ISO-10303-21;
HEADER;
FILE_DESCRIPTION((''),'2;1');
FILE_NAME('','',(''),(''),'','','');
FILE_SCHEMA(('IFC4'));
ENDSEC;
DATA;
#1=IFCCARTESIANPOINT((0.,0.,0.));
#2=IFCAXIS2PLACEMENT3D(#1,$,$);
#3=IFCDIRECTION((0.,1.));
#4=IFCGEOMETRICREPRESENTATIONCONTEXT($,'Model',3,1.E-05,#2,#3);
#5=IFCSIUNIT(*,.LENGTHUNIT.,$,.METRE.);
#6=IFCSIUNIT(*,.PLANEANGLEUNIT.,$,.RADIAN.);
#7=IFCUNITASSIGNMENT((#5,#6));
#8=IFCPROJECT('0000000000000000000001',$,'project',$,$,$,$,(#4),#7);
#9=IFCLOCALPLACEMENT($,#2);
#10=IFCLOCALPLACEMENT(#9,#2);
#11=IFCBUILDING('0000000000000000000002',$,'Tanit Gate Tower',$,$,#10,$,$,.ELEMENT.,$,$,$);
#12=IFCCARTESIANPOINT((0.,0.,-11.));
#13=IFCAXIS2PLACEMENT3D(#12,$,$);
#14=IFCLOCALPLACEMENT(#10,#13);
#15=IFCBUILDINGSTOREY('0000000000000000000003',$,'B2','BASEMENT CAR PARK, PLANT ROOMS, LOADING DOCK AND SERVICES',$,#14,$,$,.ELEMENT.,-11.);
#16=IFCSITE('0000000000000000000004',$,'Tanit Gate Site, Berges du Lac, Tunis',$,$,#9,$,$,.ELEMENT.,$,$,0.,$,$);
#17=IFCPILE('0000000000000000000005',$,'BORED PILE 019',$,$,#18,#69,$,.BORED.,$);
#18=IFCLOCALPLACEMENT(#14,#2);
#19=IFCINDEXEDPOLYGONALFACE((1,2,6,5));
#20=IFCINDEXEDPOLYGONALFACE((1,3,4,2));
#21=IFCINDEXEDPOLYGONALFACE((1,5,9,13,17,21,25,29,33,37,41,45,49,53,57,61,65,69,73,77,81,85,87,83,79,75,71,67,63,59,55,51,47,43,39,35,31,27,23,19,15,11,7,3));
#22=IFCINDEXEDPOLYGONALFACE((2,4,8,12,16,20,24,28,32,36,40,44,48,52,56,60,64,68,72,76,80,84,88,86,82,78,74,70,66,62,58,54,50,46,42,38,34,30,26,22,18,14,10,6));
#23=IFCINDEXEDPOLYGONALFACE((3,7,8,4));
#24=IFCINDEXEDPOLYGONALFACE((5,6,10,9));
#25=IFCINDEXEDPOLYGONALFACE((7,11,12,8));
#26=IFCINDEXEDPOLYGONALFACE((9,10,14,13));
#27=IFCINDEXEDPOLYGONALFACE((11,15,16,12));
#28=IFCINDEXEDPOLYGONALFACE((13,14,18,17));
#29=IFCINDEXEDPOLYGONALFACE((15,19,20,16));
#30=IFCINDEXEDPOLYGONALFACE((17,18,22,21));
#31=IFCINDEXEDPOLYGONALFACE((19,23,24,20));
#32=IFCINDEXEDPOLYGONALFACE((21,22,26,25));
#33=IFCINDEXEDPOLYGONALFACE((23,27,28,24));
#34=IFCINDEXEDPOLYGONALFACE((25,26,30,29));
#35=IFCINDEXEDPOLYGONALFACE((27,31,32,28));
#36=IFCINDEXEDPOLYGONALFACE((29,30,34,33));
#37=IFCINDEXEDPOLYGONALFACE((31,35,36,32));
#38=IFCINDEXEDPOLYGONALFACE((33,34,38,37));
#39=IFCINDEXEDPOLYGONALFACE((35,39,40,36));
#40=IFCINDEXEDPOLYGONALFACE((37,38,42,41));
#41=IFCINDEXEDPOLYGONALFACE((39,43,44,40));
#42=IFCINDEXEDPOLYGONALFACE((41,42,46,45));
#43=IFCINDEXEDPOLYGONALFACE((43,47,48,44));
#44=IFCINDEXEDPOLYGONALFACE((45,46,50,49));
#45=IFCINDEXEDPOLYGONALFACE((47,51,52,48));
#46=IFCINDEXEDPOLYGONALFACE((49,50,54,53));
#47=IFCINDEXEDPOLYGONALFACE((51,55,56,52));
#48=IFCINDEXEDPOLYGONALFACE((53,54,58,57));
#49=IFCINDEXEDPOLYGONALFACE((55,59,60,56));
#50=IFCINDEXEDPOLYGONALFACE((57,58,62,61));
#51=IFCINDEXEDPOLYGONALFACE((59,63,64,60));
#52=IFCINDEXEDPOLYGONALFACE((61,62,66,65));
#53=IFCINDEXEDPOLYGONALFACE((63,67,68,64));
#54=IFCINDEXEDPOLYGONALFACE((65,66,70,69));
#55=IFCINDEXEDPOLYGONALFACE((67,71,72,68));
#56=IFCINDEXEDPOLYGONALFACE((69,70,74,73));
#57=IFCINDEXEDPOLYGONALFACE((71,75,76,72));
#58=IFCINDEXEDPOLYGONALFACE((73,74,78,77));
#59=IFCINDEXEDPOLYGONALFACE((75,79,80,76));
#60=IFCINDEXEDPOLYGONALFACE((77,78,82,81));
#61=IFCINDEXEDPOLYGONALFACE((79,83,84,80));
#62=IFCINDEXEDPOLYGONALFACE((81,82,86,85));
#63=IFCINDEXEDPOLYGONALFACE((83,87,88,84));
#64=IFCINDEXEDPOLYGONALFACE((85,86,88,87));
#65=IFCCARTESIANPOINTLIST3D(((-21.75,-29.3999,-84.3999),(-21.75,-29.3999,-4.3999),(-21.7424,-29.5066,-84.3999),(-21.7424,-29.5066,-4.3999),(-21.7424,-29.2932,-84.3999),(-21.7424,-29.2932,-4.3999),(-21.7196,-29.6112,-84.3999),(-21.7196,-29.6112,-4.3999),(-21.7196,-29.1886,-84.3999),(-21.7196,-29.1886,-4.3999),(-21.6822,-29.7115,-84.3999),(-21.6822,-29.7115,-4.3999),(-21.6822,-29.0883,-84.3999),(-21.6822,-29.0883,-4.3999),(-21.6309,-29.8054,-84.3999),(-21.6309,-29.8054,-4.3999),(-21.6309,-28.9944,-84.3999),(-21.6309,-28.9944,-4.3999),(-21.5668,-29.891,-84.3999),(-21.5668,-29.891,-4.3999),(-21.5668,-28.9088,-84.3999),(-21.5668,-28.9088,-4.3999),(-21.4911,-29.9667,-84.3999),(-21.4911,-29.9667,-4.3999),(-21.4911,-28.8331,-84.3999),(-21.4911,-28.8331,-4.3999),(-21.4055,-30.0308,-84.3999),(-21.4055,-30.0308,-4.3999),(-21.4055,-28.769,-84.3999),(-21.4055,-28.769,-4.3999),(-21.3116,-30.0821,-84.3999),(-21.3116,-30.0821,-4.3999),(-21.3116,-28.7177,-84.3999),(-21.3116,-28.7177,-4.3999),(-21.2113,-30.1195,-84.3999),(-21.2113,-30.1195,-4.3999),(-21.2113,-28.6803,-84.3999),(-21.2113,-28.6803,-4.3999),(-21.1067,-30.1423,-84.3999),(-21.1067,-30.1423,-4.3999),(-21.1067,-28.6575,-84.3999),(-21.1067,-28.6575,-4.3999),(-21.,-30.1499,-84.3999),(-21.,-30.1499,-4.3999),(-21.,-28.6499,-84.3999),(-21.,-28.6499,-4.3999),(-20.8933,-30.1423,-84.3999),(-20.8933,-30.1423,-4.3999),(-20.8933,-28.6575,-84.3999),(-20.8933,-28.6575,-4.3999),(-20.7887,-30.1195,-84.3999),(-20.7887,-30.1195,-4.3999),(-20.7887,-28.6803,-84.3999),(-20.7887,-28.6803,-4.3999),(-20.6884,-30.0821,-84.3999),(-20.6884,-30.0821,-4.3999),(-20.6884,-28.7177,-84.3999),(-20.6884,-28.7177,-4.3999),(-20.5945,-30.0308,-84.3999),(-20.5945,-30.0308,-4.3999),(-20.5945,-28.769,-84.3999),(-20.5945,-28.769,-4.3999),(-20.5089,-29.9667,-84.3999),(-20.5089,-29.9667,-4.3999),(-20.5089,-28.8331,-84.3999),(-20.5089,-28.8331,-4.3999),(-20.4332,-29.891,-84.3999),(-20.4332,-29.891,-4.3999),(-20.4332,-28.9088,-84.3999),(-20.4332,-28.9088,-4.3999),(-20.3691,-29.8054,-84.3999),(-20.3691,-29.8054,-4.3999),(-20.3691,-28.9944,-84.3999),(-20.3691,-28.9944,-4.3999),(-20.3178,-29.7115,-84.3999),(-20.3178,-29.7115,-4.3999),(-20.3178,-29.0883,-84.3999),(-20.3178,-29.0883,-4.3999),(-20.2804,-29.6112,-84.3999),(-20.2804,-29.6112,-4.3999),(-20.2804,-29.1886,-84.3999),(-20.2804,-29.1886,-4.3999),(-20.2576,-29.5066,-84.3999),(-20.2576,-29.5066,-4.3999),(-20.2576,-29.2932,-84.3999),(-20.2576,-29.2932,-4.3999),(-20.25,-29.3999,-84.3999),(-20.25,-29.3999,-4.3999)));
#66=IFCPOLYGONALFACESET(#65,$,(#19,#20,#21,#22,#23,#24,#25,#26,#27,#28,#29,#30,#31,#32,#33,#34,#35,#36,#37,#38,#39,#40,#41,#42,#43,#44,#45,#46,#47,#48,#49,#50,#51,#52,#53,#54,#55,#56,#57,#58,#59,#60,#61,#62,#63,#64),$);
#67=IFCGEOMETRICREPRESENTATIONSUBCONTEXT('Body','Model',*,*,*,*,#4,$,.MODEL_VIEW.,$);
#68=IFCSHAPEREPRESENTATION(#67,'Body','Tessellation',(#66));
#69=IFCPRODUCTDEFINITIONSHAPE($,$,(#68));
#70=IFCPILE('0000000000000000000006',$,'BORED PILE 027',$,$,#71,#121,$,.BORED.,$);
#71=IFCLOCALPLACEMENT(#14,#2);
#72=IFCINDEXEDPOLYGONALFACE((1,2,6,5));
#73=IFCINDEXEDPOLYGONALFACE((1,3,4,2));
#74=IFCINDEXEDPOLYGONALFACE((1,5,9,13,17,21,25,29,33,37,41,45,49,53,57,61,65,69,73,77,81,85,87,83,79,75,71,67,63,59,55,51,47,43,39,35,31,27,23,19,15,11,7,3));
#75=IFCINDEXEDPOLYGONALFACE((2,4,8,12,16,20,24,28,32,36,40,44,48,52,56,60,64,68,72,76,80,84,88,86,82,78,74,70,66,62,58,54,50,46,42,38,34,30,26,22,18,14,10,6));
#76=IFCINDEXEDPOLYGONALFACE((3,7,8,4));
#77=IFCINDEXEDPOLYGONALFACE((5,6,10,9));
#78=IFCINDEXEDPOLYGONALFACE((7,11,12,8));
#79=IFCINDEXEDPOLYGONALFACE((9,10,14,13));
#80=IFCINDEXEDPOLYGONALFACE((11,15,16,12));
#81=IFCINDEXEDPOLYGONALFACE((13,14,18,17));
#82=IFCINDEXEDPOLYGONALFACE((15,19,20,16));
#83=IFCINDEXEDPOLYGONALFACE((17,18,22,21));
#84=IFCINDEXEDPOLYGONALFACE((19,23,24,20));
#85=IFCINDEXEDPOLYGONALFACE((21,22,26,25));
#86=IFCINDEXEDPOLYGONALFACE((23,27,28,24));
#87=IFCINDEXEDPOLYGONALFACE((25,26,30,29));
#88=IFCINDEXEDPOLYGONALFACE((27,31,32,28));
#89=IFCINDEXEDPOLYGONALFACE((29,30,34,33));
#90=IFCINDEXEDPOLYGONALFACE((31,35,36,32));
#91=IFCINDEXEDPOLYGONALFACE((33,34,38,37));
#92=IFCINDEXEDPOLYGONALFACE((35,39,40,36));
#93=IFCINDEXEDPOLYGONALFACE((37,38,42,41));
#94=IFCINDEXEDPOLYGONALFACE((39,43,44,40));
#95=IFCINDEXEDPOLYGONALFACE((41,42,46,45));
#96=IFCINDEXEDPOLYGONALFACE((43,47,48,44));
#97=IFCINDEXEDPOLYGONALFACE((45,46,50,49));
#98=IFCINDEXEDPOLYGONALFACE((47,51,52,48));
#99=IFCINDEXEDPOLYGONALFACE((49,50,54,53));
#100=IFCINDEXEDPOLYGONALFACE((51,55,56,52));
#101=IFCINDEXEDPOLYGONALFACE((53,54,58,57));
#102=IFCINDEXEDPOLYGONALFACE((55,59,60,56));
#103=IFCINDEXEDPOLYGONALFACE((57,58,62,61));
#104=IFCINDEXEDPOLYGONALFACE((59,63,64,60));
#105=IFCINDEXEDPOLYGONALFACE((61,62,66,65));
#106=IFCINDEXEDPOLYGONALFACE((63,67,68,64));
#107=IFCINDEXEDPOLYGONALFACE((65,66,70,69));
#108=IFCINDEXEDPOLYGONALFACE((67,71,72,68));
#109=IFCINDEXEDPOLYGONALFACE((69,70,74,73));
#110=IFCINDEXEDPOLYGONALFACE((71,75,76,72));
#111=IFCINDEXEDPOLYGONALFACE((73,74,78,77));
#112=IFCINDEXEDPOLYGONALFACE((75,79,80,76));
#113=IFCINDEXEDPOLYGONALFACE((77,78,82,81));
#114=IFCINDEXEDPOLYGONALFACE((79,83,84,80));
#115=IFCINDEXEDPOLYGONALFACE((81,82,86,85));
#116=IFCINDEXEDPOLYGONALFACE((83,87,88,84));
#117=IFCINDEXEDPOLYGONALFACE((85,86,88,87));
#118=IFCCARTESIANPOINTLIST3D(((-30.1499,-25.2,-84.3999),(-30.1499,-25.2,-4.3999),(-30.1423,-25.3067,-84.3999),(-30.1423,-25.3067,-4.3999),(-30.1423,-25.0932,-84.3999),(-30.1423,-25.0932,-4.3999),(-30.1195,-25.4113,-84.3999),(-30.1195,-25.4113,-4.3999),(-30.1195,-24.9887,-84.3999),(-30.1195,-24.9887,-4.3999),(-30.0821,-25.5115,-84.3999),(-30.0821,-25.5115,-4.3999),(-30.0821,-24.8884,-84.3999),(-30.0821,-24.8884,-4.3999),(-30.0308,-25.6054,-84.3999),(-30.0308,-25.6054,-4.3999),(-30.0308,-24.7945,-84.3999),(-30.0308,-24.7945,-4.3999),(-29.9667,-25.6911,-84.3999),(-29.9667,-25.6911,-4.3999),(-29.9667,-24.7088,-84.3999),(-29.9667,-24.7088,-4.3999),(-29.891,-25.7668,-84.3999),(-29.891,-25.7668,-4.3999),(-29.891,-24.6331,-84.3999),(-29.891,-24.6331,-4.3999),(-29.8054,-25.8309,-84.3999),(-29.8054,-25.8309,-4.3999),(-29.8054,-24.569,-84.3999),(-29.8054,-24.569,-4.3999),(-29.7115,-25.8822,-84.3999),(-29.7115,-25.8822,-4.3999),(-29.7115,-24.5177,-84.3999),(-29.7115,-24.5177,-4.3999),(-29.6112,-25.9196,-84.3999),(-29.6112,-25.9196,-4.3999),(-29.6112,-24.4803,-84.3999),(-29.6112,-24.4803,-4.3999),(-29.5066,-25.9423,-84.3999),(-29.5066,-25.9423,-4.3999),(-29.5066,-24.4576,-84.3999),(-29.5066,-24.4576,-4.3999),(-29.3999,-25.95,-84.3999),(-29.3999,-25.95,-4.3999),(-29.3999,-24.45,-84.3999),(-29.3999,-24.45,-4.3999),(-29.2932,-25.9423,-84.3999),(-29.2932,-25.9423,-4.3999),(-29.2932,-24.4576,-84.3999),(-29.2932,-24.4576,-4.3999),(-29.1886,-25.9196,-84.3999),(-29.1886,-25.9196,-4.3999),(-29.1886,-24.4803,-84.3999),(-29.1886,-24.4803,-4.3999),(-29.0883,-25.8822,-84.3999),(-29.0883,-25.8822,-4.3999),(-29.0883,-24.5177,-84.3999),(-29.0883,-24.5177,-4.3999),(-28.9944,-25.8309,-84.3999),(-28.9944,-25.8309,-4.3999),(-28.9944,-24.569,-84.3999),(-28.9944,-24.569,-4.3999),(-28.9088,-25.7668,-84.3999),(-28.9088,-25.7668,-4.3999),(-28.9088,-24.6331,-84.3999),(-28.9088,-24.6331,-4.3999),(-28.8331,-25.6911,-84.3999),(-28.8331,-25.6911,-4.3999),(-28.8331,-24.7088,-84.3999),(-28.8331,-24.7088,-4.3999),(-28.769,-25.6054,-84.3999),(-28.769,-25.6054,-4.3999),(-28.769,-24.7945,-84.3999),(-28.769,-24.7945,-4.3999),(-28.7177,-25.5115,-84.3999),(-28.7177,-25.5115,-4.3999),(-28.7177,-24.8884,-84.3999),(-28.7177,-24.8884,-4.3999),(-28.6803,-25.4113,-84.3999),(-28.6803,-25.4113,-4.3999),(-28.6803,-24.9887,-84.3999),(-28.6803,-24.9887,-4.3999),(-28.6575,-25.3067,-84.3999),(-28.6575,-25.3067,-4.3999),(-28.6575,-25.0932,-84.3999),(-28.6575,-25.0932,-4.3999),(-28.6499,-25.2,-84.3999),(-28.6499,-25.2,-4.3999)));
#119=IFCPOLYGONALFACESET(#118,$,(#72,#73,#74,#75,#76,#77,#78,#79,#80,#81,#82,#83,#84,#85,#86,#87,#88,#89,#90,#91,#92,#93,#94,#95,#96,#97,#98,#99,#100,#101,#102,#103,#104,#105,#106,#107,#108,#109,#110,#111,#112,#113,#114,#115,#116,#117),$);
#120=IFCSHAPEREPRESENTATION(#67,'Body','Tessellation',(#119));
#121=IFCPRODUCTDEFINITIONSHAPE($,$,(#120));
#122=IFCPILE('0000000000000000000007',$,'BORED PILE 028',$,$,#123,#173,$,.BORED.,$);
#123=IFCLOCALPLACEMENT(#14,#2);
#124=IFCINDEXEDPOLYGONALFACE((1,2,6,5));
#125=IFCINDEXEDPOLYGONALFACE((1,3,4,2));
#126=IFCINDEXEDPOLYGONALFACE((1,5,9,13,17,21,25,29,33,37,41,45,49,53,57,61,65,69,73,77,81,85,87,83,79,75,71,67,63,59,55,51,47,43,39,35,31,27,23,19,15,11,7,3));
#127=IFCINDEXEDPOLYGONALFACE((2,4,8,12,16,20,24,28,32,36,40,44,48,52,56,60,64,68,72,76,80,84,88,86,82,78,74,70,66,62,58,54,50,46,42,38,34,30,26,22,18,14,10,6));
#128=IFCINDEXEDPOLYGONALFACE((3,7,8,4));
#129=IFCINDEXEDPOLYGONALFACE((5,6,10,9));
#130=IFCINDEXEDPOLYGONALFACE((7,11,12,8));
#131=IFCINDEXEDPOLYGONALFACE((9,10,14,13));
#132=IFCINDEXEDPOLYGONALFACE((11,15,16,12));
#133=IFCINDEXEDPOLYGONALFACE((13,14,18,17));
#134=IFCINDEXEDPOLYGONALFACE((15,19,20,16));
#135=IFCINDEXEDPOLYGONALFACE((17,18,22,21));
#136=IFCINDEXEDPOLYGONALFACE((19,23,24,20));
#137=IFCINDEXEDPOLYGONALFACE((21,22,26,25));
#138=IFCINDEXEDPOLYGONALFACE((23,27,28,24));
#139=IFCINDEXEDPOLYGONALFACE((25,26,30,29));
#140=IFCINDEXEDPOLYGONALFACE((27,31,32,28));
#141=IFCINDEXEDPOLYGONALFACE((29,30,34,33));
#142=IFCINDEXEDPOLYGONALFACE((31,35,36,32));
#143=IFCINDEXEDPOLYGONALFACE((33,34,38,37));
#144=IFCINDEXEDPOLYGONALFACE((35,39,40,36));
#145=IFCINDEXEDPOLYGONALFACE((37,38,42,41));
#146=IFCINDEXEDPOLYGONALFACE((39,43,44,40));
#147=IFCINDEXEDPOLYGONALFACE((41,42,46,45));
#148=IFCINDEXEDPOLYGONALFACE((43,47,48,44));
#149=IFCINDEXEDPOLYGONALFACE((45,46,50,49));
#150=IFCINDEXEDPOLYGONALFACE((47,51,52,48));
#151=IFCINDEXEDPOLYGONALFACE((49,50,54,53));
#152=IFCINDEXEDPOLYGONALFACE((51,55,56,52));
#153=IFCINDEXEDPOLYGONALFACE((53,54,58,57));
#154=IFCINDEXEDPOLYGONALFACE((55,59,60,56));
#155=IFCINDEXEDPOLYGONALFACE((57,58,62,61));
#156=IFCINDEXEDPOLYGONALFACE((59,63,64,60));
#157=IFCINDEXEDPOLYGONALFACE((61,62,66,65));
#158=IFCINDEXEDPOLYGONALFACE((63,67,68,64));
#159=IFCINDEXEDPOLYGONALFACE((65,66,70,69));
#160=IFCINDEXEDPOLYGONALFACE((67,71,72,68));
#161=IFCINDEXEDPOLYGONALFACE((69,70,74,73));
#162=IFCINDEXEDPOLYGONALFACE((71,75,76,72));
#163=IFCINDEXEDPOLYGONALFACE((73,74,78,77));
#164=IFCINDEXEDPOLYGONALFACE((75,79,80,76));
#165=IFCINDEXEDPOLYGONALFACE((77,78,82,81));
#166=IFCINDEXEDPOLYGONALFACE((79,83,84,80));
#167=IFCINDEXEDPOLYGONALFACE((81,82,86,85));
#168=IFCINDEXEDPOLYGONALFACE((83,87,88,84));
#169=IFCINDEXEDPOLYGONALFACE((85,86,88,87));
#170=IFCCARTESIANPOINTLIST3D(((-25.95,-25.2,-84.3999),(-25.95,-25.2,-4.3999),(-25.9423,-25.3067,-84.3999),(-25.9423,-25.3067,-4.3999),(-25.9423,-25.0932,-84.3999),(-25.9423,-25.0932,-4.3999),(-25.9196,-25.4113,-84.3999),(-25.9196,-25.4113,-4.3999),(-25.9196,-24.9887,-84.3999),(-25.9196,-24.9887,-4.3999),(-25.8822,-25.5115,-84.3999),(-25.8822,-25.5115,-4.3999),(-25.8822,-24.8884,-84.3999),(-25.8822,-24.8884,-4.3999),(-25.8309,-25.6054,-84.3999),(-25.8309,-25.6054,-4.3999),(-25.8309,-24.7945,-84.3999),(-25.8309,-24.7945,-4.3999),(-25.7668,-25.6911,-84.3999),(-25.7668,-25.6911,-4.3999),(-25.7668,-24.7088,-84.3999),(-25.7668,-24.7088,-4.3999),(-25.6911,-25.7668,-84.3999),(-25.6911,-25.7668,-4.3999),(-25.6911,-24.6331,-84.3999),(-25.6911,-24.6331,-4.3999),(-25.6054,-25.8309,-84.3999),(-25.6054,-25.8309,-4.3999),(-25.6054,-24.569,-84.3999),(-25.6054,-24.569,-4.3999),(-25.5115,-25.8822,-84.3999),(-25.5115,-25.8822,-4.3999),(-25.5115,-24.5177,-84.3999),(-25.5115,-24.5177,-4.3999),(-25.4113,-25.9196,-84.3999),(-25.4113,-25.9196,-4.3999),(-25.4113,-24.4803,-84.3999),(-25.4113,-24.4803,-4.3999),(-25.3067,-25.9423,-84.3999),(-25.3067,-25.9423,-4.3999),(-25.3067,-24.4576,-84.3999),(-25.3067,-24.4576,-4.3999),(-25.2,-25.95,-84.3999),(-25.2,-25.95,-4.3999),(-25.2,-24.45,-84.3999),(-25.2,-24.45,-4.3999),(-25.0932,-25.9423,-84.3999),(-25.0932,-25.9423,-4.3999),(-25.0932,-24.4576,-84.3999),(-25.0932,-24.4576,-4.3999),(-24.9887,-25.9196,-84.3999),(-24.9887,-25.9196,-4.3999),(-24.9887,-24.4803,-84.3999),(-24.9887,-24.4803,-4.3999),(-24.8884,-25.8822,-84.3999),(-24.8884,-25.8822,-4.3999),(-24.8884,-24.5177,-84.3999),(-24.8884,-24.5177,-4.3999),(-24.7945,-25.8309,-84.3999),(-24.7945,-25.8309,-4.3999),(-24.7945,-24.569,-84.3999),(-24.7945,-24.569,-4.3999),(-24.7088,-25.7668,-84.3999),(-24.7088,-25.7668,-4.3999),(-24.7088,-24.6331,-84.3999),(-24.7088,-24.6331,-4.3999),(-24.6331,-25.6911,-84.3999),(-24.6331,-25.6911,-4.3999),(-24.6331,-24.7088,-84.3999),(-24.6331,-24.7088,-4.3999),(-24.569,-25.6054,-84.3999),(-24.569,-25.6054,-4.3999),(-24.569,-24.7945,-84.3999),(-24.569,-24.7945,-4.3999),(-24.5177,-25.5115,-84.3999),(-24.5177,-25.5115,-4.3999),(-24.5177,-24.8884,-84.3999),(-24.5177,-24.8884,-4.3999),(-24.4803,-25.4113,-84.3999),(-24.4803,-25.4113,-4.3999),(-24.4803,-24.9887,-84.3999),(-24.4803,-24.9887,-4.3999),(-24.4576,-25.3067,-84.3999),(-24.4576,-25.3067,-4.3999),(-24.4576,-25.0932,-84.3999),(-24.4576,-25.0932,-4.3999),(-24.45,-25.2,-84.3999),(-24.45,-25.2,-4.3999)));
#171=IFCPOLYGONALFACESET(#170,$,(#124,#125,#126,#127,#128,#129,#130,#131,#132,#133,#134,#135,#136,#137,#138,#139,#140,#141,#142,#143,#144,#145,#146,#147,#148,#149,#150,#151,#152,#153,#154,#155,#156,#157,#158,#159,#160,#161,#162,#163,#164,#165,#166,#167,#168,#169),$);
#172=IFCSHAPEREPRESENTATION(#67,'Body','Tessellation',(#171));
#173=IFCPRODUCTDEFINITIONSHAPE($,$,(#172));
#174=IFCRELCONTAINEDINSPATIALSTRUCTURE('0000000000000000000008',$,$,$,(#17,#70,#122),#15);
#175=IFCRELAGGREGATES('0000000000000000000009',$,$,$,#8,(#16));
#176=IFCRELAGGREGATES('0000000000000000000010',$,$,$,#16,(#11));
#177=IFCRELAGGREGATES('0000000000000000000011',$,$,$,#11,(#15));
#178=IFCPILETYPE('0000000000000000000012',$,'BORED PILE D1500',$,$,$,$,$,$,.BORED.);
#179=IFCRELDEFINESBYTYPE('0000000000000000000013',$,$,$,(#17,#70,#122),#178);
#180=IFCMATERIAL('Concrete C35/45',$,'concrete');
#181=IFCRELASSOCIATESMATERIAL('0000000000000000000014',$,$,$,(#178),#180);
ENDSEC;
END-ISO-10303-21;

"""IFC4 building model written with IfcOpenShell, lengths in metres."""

from ifc_helpers import new_model, si_unit, direction, frame, origin, origin_2d, place, context, subcontext, project, spatial, circle, extrude, material, material_profile, profile_set, type_object, element, save


model = new_model("IFC4")

# Units and contexts
model_context = context("Model", 3, precision=1e-05, world=origin(), true_north=direction((0.0, 1.0)))
body_context = subcontext(model_context, "Body", "Model", "MODEL_VIEW")
ifc_project = project(units=[si_unit("LENGTHUNIT", "METRE"), si_unit("PLANEANGLEUNIT", "RADIAN")], contexts=[model_context])

# Site, building, storey
site_placement = place(None, origin())
site = spatial("IfcSite", under=ifc_project, at=site_placement, Name="Tanit Gate Site, Berges du Lac, Tunis", CompositionType="ELEMENT", RefElevation=0.0)
building_placement = place(site_placement, origin())
building = spatial("IfcBuilding", under=site, at=building_placement, Name="Tanit Gate Tower", CompositionType="ELEMENT")
storey_placement = place(building_placement, frame((0.0, 0.0, -11.0)))
storey = spatial("IfcBuildingStorey", under=building, at=storey_placement, Name="B2", Description="BASEMENT CAR PARK, PLANT ROOMS, LOADING DOCK AND SERVICES", CompositionType="ELEMENT", Elevation=-11.0)

# Piles
ifc_material_1 = material(Name="Concrete C35/45", Category="concrete")
ifc_material_profile_1 = material_profile(ifc_material_1, circle(Radius=0.75, at=origin_2d()), Name="BORED PILE D1500 C35/45")
ifc_profile_set_1 = profile_set([ifc_material_profile_1], Name="Concrete C35/45")
pile_type = type_object("IfcPileType", Name="BORED PILE D1500", PredefinedType="BORED", material=ifc_profile_set_1)
for number, where, z_axis, x_axis, name in (
    (1, (-21.0, -29.3999, -4.3999), (0.0, 0.0, -1.0), (1.0, 0.0, 0.0), "BORED PILE 019"),
    (2, (-29.3999, -25.2, -4.3999), (0.0, 0.0, -1.0), (1.0, 0.0, 0.0), "BORED PILE 027"),
    (3, (-25.2, -25.2, -4.3999), (0.0, 0.0, -1.0), (1.0, 0.0, 0.0), "BORED PILE 028"),
):
    element("IfcPile", number, at=place(storey_placement, frame(where, z_axis=z_axis, x_axis=x_axis)), inside=storey, type_object=pile_type, Name=name, PredefinedType="BORED", context=body_context, shape_type="SweptSolid", body=[
        extrude(circle(Radius=0.75, at=origin_2d()), origin(), (0.0, 0.0, 1.0), 80.0),
    ])

save(model, "model.ifc")
